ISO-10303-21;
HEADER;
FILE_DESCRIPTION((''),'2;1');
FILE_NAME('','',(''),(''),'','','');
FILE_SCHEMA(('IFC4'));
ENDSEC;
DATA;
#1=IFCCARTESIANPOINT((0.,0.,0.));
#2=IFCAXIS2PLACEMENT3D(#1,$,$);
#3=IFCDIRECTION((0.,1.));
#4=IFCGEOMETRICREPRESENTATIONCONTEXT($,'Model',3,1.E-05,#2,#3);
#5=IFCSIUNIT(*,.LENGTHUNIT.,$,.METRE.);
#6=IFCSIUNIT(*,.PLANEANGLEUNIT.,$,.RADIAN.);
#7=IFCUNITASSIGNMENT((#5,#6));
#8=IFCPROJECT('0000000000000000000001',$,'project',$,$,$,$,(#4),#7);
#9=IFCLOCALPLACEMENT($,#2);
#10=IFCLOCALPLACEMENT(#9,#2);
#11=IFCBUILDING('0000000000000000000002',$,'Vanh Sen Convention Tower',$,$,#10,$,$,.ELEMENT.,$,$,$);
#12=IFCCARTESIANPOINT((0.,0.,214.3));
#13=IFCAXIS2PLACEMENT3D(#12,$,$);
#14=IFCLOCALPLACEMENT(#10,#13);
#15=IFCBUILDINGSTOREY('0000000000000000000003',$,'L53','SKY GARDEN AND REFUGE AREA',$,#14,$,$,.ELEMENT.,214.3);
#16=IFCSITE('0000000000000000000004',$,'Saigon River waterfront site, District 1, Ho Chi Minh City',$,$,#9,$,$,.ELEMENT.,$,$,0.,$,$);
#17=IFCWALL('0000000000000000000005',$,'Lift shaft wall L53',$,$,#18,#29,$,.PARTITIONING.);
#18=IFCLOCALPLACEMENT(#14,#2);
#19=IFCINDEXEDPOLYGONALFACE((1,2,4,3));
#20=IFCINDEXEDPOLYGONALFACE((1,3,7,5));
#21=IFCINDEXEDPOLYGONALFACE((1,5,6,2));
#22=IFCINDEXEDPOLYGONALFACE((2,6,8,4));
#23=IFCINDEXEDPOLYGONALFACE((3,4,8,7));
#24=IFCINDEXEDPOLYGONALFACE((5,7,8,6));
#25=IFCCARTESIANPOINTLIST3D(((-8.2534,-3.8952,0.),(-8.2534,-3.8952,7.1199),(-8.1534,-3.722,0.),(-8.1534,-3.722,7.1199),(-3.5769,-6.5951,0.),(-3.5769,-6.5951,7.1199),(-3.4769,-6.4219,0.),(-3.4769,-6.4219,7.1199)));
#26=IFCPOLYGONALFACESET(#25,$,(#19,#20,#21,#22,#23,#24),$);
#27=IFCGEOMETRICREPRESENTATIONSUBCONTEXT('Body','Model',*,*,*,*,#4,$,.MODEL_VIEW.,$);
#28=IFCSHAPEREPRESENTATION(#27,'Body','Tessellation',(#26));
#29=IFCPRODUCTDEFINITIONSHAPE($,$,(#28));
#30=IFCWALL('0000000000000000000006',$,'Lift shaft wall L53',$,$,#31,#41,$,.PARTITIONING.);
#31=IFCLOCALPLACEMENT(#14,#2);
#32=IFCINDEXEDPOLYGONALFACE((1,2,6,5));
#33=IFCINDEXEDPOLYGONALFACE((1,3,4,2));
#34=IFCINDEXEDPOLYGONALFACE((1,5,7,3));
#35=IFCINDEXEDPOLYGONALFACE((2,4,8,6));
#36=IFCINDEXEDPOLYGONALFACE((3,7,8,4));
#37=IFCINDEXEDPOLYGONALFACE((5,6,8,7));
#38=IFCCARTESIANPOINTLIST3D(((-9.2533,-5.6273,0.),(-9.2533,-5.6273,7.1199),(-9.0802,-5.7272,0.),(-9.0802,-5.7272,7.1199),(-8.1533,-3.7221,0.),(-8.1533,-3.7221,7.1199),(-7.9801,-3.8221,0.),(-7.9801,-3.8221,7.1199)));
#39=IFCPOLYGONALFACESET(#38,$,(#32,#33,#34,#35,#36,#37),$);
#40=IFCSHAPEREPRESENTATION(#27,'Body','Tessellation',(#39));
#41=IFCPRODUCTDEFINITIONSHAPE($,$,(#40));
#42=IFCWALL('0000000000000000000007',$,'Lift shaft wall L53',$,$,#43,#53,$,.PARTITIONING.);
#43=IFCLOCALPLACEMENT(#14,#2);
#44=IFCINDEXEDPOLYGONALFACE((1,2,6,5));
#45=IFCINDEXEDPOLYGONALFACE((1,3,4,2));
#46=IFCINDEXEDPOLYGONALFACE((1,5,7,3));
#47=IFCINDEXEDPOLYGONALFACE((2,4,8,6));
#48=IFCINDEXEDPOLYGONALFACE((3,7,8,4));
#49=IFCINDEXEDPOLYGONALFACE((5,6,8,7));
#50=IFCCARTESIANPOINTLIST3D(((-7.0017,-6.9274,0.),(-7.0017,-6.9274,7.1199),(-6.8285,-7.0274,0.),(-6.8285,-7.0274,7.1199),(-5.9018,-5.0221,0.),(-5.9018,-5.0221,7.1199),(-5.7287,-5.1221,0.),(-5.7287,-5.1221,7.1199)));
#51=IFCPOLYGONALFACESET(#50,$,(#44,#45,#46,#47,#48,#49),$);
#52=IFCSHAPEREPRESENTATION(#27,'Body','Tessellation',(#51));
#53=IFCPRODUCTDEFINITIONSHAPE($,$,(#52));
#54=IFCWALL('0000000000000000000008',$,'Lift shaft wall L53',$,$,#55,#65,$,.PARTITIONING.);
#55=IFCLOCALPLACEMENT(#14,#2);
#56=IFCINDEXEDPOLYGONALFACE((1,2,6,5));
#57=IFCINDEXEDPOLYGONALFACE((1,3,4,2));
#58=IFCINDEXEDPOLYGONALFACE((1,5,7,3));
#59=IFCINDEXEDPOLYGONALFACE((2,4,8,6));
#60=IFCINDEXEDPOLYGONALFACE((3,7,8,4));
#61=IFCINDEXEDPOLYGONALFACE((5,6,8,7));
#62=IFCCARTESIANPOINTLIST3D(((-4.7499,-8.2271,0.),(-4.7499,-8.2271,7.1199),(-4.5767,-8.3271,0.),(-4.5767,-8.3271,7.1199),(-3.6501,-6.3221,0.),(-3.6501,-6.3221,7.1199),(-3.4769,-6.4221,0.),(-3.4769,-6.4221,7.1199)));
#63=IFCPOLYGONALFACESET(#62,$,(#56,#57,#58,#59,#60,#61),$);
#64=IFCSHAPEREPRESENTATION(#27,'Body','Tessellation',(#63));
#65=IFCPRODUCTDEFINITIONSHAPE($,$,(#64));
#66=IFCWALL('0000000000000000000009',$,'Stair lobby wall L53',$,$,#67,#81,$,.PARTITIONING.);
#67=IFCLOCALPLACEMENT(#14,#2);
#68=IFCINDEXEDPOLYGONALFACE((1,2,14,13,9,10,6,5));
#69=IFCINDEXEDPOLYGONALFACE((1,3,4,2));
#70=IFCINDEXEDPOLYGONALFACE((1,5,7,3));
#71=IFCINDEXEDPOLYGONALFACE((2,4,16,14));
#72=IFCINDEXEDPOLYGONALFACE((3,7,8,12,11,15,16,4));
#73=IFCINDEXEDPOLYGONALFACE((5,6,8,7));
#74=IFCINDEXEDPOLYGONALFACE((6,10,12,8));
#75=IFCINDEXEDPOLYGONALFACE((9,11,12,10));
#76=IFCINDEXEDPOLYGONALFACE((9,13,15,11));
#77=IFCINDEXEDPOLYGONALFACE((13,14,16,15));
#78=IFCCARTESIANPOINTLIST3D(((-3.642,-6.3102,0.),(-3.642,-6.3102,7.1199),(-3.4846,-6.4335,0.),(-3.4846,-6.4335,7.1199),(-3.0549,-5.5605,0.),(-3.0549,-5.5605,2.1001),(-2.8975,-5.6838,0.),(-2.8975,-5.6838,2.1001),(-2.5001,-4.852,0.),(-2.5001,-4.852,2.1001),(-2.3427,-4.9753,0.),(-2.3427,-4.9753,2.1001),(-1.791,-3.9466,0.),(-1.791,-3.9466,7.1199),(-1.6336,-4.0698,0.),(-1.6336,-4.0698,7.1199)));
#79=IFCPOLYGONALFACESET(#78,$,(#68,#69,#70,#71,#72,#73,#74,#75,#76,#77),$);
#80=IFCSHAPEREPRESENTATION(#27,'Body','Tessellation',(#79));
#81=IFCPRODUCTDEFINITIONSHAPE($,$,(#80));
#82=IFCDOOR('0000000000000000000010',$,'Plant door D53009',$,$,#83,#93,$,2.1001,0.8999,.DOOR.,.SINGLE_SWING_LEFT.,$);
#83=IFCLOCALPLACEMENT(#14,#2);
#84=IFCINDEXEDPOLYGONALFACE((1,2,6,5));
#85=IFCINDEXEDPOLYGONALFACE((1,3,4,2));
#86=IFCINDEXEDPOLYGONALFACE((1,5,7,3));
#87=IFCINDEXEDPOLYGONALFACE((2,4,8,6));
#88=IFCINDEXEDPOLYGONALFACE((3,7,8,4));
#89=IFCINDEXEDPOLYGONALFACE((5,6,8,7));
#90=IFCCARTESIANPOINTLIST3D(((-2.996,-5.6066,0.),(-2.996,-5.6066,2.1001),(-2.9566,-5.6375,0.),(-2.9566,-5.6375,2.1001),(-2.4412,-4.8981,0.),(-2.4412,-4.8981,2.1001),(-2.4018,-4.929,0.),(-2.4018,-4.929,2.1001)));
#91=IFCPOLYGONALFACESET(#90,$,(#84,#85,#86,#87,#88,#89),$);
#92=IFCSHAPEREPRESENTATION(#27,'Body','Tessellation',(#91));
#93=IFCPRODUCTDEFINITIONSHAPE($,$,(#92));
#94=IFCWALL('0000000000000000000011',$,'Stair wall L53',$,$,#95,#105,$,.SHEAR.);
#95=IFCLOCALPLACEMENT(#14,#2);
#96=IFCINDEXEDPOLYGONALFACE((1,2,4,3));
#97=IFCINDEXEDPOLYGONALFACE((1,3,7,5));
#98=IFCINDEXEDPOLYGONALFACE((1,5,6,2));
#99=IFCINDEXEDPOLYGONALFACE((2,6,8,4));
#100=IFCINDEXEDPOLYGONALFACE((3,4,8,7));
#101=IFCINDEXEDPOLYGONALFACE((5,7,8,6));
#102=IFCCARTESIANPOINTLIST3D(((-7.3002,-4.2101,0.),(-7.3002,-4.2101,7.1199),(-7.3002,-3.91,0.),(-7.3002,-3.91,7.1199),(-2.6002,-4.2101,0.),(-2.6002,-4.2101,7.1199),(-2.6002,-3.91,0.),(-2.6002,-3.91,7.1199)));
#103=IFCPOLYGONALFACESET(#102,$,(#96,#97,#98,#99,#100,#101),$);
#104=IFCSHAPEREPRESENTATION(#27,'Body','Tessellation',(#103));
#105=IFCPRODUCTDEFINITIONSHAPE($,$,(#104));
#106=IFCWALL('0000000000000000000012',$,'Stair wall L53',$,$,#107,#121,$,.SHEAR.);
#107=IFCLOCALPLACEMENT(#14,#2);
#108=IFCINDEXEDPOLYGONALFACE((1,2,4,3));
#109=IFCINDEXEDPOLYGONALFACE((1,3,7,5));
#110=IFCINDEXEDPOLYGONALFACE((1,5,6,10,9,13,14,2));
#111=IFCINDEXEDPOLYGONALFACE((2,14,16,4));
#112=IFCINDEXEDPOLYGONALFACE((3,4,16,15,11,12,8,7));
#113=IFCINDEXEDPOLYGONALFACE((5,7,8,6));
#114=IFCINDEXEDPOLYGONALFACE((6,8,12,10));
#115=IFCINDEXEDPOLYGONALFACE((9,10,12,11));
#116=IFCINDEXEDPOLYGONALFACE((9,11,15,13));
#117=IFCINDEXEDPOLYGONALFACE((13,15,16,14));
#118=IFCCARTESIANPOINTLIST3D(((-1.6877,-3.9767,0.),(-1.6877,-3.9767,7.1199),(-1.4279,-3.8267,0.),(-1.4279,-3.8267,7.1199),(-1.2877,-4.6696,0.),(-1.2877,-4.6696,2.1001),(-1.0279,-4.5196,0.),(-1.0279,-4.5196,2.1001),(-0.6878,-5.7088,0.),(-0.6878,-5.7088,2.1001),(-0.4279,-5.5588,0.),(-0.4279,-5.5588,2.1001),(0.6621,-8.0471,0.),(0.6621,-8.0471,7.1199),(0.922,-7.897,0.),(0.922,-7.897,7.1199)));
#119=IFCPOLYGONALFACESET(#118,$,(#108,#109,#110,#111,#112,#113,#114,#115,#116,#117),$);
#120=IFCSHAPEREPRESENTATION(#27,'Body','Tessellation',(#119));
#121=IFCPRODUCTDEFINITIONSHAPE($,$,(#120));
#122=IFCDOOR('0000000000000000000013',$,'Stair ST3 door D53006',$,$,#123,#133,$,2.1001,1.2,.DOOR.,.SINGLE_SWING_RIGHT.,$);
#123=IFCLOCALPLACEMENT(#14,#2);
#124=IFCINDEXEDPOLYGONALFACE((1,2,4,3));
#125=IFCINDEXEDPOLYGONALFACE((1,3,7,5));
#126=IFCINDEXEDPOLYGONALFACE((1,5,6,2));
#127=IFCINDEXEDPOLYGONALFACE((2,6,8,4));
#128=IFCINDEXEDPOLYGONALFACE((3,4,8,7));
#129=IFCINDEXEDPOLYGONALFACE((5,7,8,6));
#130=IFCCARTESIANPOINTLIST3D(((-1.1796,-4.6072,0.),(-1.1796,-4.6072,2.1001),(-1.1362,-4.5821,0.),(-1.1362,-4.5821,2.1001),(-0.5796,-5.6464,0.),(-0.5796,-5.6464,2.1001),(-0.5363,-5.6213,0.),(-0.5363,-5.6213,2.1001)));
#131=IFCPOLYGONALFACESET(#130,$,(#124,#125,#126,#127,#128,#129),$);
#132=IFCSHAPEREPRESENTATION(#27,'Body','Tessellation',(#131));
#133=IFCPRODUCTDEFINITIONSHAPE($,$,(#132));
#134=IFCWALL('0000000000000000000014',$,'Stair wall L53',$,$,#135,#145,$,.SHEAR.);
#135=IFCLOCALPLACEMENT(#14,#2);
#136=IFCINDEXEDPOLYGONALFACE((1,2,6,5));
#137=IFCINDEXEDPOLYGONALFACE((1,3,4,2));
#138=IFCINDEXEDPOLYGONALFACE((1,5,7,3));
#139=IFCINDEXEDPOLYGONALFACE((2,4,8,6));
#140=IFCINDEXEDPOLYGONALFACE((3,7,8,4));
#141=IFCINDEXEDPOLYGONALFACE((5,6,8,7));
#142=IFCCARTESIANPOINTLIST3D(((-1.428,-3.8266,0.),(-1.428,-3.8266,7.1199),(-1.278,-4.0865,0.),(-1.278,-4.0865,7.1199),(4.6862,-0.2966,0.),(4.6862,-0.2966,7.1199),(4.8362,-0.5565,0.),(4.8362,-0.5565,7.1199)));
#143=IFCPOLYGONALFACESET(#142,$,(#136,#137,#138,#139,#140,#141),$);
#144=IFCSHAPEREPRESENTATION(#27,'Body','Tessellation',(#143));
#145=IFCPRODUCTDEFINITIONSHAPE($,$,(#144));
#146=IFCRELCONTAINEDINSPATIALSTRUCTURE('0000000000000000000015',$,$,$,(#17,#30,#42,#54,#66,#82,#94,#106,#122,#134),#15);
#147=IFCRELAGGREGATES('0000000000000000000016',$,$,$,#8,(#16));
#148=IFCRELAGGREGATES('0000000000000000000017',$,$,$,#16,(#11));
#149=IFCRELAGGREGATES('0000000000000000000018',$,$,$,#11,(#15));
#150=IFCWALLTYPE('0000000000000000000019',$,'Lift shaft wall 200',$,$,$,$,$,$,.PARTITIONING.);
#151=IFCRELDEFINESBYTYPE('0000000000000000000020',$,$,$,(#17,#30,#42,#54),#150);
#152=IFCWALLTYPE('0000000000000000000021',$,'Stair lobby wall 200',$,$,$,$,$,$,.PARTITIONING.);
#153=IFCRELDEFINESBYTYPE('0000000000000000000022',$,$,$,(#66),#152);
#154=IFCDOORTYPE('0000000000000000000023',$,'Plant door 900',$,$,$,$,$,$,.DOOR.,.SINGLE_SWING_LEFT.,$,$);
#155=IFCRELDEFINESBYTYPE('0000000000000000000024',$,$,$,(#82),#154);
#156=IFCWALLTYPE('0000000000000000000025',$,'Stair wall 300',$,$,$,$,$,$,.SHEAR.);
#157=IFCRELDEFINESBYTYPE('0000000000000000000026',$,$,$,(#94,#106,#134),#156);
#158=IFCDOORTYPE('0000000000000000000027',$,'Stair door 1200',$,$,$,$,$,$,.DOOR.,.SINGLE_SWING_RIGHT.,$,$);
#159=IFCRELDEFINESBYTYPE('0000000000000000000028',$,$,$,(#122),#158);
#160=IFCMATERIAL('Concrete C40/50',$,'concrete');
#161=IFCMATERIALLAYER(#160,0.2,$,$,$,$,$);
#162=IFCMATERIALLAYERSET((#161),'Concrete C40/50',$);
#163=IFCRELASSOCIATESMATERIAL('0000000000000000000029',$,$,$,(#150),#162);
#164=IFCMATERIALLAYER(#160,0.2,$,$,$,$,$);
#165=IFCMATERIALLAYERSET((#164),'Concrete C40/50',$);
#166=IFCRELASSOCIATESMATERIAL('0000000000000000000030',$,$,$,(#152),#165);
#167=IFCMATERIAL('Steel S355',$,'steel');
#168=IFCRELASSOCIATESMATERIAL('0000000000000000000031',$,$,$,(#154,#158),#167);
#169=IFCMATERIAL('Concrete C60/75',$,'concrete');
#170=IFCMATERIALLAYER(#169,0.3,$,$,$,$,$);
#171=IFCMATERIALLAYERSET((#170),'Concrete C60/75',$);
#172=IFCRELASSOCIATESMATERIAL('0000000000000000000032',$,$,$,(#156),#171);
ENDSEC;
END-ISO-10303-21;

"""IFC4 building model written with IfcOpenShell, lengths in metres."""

from ifc_helpers import new_model, si_unit, direction, frame, frame_2d, origin, place, context, subcontext, project, spatial, rectangle, extrude, material, layer, layer_set, type_object, element, fill, save


model = new_model("IFC4")

# Units and contexts
model_context = context("Model", 3, precision=1e-05, world=origin(), true_north=direction((0.0, 1.0)))
body_context = subcontext(model_context, "Body", "Model", "MODEL_VIEW")
ifc_project = project(units=[si_unit("LENGTHUNIT", "METRE"), si_unit("PLANEANGLEUNIT", "RADIAN")], contexts=[model_context])

# Site, building, storey
site_placement = place(None, origin())
site = spatial("IfcSite", under=ifc_project, at=site_placement, Name="Saigon River waterfront site, District 1, Ho Chi Minh City", CompositionType="ELEMENT", RefElevation=0.0)
building_placement = place(site_placement, origin())
building = spatial("IfcBuilding", under=site, at=building_placement, Name="Vanh Sen Convention Tower", CompositionType="ELEMENT")
storey_placement = place(building_placement, frame((0.0, 0.0, 214.3)))
storey = spatial("IfcBuildingStorey", under=building, at=storey_placement, Name="L53", Description="SKY GARDEN AND REFUGE AREA", CompositionType="ELEMENT", Elevation=214.3)

# Shared definitions
ifc_material_1 = material(Name="Concrete C40/50", Category="concrete")

# Shared definitions
ifc_material_2 = material(Name="Concrete C60/75", Category="concrete")
ifc_material_3 = material(Name="Steel S355", Category="steel")

# Walls
ifc_layer_1 = layer(ifc_material_1, 0.2)
ifc_layer_set_1 = layer_set([ifc_layer_1], Name="Concrete C40/50")
wall_type_1 = type_object("IfcWallType", Name="Lift shaft wall 200", PredefinedType="PARTITIONING", material=ifc_layer_set_1)
wall_1_placement = place(storey_placement, frame((-8.2034, -3.8086, 0.0), z_axis=(0.0, 0.0, 1.0), x_axis=(0.866028, -0.499995, 0.0)))
element("IfcWall", 1, at=wall_1_placement, inside=storey, type_object=wall_type_1, Name="Lift shaft wall L53", PredefinedType="PARTITIONING", context=body_context, shape_type="SweptSolid", body=[
    extrude(rectangle(XDim=5.3999, YDim=0.2, at=frame_2d((2.7, 0.0))), origin(), (0.0, 0.0, 1.0), 7.1199),
])
for number, where, z_axis, x_axis, name in (
    (2, (-8.0667, -3.772, 0.0), (0.0, 0.0, 1.0), (-0.50003, -0.866008, 0.0), "Lift shaft wall L53"),
    (3, (-5.8152, -5.072, 0.0), (0.0, 0.0, 1.0), (-0.499947, -0.866056, 0.0), "Lift shaft wall L53"),
):
    element("IfcWall", number, at=place(storey_placement, frame(where, z_axis=z_axis, x_axis=x_axis)), inside=storey, type_object=wall_type_1, Name=name, PredefinedType="PARTITIONING", context=body_context, shape_type="SweptSolid", body=[
        extrude(rectangle(XDim=2.2, YDim=0.2, at=frame_2d((1.1001, 0.0))), origin(), (0.0, 0.0, 1.0), 7.1199),
    ])
wall_2_placement = place(storey_placement, frame((-3.5635, -6.3721, 0.0), z_axis=(0.0, 0.0, 1.0), x_axis=(-0.499995, -0.866028, 0.0)))
element("IfcWall", 4, at=wall_2_placement, inside=storey, type_object=wall_type_1, Name="Lift shaft wall L53", PredefinedType="PARTITIONING", context=body_context, shape_type="SweptSolid", body=[
    extrude(rectangle(XDim=2.1997, YDim=0.2, at=frame_2d((1.0999, 0.0))), origin(), (0.0, 0.0, 1.0), 7.1199),
])

# Wall, opening, door
ifc_layer_2 = layer(ifc_material_1, 0.2)
ifc_layer_set_2 = layer_set([ifc_layer_2], Name="Concrete C40/50")
wall_type_2 = type_object("IfcWallType", Name="Stair lobby wall 200", PredefinedType="PARTITIONING", material=ifc_layer_set_2)
wall_3_placement = place(storey_placement, frame((-1.7124, -4.0083, 0.0), z_axis=(0.0, 0.0, 1.0), x_axis=(-0.616549, -0.787316, 0.0)))
wall_3 = element("IfcWall", 5, at=wall_3_placement, inside=storey, type_object=wall_type_2, Name="Stair lobby wall L53", PredefinedType="PARTITIONING", context=body_context, shape_type="SweptSolid", body=[
    extrude(rectangle(XDim=3.0022, YDim=0.2, at=frame_2d((1.501, 0.0))), origin(), (0.0, 0.0, 1.0), 7.1199),
])
opening_1_placement = place(wall_3_placement, frame((1.1499, 0.0, 0.0)))
opening_1 = element("IfcOpeningElement", 6, at=opening_1_placement, cuts=wall_3, PredefinedType="OPENING", context=body_context, shape_type="SweptSolid", body=[
    extrude(rectangle(XDim=0.8999, YDim=2.1001, at=frame_2d((0.45, 1.05))), frame((0.0, 0.1099, 0.0), z_axis=(0.0, -1.0, 0.0), x_axis=(1.0, 0.0, 0.0)), (0.0, 0.0, 1.0), 0.22),
])
door_type_1 = type_object("IfcDoorType", Name="Plant door 900", OperationType="SINGLE_SWING_LEFT", PredefinedType="DOOR", material=ifc_material_3)
door_1_placement = place(opening_1_placement, origin())
door_1 = element("IfcDoor", 7, at=door_1_placement, inside=storey, type_object=door_type_1, Name="Plant door D53009", OperationType="SINGLE_SWING_LEFT", OverallHeight=2.1001, OverallWidth=0.8999, PredefinedType="DOOR", context=body_context, shape_type="SweptSolid", body=[
    extrude(rectangle(XDim=0.8999, YDim=2.1001, at=frame_2d((0.45, 1.05))), frame((0.0, 0.0249, 0.0), z_axis=(0.0, -1.0, 0.0), x_axis=(1.0, 0.0, 0.0)), (0.0, 0.0, 1.0), 0.05),
])
fill(opening_1, door_1)

# Wall
ifc_layer_3 = layer(ifc_material_2, 0.3)
ifc_layer_set_3 = layer_set([ifc_layer_3], Name="Concrete C60/75")
wall_type_3 = type_object("IfcWallType", Name="Stair wall 300", PredefinedType="SHEAR", material=ifc_layer_set_3)
wall_4_placement = place(storey_placement, frame((-2.6001, -4.0601, 0.0), z_axis=(0.0, 0.0, 1.0), x_axis=(-1.0, 0.0, 0.0)))
element("IfcWall", 8, at=wall_4_placement, inside=storey, type_object=wall_type_3, Name="Stair wall L53", PredefinedType="SHEAR", context=body_context, shape_type="SweptSolid", body=[
    extrude(rectangle(XDim=4.7, YDim=0.3, at=frame_2d((2.3501, 0.0))), origin(), (0.0, 0.0, 1.0), 7.1199),
])

# Wall, opening, door
wall_5_placement = place(storey_placement, frame((-1.5579, -3.9016, 0.0), z_axis=(0.0, 0.0, 1.0), x_axis=(0.499977, -0.866039, 0.0)))
wall_5 = element("IfcWall", 9, at=wall_5_placement, inside=storey, type_object=wall_type_3, Name="Stair wall L53", PredefinedType="SHEAR", context=body_context, shape_type="SweptSolid", body=[
    extrude(rectangle(XDim=4.7, YDim=0.3, at=frame_2d((2.3501, 0.0))), origin(), (0.0, 0.0, 1.0), 7.1199),
])
opening_2_placement = place(wall_5_placement, frame((0.8, 0.0, 0.0)))
opening_2 = element("IfcOpeningElement", 10, at=opening_2_placement, cuts=wall_5, PredefinedType="OPENING", context=body_context, shape_type="SweptSolid", body=[
    extrude(rectangle(XDim=1.2, YDim=2.1001, at=frame_2d((0.6001, 1.05))), frame((0.0, 0.1599, 0.0), z_axis=(0.0, -1.0, 0.0), x_axis=(1.0, 0.0, 0.0)), (0.0, 0.0, 1.0), 0.3201),
])
door_type_2 = type_object("IfcDoorType", Name="Stair door 1200", OperationType="SINGLE_SWING_RIGHT", PredefinedType="DOOR", material=ifc_material_3)
door_2_placement = place(opening_2_placement, origin())
door_2 = element("IfcDoor", 11, at=door_2_placement, inside=storey, type_object=door_type_2, Name="Stair ST3 door D53006", OperationType="SINGLE_SWING_RIGHT", OverallHeight=2.1001, OverallWidth=1.2, PredefinedType="DOOR", context=body_context, shape_type="SweptSolid", body=[
    extrude(rectangle(XDim=1.2, YDim=2.1001, at=frame_2d((0.6001, 1.05))), frame((0.0, 0.0249, 0.0), z_axis=(0.0, -1.0, 0.0), x_axis=(1.0, 0.0, 0.0)), (0.0, 0.0, 1.0), 0.05),
])
fill(opening_2, door_2)

# Wall
wall_6_placement = place(storey_placement, frame((-1.353, -3.9565, 0.0), z_axis=(0.0, 0.0, 1.0), x_axis=(0.866028, 0.499996, 0.0)))
element("IfcWall", 12, at=wall_6_placement, inside=storey, type_object=wall_type_3, Name="Stair wall L53", PredefinedType="SHEAR", context=body_context, shape_type="SweptSolid", body=[
    extrude(rectangle(XDim=7.0601, YDim=0.3, at=frame_2d((3.53, 0.0))), origin(), (0.0, 0.0, 1.0), 7.1199),
])

save(model, "model.ifc")
